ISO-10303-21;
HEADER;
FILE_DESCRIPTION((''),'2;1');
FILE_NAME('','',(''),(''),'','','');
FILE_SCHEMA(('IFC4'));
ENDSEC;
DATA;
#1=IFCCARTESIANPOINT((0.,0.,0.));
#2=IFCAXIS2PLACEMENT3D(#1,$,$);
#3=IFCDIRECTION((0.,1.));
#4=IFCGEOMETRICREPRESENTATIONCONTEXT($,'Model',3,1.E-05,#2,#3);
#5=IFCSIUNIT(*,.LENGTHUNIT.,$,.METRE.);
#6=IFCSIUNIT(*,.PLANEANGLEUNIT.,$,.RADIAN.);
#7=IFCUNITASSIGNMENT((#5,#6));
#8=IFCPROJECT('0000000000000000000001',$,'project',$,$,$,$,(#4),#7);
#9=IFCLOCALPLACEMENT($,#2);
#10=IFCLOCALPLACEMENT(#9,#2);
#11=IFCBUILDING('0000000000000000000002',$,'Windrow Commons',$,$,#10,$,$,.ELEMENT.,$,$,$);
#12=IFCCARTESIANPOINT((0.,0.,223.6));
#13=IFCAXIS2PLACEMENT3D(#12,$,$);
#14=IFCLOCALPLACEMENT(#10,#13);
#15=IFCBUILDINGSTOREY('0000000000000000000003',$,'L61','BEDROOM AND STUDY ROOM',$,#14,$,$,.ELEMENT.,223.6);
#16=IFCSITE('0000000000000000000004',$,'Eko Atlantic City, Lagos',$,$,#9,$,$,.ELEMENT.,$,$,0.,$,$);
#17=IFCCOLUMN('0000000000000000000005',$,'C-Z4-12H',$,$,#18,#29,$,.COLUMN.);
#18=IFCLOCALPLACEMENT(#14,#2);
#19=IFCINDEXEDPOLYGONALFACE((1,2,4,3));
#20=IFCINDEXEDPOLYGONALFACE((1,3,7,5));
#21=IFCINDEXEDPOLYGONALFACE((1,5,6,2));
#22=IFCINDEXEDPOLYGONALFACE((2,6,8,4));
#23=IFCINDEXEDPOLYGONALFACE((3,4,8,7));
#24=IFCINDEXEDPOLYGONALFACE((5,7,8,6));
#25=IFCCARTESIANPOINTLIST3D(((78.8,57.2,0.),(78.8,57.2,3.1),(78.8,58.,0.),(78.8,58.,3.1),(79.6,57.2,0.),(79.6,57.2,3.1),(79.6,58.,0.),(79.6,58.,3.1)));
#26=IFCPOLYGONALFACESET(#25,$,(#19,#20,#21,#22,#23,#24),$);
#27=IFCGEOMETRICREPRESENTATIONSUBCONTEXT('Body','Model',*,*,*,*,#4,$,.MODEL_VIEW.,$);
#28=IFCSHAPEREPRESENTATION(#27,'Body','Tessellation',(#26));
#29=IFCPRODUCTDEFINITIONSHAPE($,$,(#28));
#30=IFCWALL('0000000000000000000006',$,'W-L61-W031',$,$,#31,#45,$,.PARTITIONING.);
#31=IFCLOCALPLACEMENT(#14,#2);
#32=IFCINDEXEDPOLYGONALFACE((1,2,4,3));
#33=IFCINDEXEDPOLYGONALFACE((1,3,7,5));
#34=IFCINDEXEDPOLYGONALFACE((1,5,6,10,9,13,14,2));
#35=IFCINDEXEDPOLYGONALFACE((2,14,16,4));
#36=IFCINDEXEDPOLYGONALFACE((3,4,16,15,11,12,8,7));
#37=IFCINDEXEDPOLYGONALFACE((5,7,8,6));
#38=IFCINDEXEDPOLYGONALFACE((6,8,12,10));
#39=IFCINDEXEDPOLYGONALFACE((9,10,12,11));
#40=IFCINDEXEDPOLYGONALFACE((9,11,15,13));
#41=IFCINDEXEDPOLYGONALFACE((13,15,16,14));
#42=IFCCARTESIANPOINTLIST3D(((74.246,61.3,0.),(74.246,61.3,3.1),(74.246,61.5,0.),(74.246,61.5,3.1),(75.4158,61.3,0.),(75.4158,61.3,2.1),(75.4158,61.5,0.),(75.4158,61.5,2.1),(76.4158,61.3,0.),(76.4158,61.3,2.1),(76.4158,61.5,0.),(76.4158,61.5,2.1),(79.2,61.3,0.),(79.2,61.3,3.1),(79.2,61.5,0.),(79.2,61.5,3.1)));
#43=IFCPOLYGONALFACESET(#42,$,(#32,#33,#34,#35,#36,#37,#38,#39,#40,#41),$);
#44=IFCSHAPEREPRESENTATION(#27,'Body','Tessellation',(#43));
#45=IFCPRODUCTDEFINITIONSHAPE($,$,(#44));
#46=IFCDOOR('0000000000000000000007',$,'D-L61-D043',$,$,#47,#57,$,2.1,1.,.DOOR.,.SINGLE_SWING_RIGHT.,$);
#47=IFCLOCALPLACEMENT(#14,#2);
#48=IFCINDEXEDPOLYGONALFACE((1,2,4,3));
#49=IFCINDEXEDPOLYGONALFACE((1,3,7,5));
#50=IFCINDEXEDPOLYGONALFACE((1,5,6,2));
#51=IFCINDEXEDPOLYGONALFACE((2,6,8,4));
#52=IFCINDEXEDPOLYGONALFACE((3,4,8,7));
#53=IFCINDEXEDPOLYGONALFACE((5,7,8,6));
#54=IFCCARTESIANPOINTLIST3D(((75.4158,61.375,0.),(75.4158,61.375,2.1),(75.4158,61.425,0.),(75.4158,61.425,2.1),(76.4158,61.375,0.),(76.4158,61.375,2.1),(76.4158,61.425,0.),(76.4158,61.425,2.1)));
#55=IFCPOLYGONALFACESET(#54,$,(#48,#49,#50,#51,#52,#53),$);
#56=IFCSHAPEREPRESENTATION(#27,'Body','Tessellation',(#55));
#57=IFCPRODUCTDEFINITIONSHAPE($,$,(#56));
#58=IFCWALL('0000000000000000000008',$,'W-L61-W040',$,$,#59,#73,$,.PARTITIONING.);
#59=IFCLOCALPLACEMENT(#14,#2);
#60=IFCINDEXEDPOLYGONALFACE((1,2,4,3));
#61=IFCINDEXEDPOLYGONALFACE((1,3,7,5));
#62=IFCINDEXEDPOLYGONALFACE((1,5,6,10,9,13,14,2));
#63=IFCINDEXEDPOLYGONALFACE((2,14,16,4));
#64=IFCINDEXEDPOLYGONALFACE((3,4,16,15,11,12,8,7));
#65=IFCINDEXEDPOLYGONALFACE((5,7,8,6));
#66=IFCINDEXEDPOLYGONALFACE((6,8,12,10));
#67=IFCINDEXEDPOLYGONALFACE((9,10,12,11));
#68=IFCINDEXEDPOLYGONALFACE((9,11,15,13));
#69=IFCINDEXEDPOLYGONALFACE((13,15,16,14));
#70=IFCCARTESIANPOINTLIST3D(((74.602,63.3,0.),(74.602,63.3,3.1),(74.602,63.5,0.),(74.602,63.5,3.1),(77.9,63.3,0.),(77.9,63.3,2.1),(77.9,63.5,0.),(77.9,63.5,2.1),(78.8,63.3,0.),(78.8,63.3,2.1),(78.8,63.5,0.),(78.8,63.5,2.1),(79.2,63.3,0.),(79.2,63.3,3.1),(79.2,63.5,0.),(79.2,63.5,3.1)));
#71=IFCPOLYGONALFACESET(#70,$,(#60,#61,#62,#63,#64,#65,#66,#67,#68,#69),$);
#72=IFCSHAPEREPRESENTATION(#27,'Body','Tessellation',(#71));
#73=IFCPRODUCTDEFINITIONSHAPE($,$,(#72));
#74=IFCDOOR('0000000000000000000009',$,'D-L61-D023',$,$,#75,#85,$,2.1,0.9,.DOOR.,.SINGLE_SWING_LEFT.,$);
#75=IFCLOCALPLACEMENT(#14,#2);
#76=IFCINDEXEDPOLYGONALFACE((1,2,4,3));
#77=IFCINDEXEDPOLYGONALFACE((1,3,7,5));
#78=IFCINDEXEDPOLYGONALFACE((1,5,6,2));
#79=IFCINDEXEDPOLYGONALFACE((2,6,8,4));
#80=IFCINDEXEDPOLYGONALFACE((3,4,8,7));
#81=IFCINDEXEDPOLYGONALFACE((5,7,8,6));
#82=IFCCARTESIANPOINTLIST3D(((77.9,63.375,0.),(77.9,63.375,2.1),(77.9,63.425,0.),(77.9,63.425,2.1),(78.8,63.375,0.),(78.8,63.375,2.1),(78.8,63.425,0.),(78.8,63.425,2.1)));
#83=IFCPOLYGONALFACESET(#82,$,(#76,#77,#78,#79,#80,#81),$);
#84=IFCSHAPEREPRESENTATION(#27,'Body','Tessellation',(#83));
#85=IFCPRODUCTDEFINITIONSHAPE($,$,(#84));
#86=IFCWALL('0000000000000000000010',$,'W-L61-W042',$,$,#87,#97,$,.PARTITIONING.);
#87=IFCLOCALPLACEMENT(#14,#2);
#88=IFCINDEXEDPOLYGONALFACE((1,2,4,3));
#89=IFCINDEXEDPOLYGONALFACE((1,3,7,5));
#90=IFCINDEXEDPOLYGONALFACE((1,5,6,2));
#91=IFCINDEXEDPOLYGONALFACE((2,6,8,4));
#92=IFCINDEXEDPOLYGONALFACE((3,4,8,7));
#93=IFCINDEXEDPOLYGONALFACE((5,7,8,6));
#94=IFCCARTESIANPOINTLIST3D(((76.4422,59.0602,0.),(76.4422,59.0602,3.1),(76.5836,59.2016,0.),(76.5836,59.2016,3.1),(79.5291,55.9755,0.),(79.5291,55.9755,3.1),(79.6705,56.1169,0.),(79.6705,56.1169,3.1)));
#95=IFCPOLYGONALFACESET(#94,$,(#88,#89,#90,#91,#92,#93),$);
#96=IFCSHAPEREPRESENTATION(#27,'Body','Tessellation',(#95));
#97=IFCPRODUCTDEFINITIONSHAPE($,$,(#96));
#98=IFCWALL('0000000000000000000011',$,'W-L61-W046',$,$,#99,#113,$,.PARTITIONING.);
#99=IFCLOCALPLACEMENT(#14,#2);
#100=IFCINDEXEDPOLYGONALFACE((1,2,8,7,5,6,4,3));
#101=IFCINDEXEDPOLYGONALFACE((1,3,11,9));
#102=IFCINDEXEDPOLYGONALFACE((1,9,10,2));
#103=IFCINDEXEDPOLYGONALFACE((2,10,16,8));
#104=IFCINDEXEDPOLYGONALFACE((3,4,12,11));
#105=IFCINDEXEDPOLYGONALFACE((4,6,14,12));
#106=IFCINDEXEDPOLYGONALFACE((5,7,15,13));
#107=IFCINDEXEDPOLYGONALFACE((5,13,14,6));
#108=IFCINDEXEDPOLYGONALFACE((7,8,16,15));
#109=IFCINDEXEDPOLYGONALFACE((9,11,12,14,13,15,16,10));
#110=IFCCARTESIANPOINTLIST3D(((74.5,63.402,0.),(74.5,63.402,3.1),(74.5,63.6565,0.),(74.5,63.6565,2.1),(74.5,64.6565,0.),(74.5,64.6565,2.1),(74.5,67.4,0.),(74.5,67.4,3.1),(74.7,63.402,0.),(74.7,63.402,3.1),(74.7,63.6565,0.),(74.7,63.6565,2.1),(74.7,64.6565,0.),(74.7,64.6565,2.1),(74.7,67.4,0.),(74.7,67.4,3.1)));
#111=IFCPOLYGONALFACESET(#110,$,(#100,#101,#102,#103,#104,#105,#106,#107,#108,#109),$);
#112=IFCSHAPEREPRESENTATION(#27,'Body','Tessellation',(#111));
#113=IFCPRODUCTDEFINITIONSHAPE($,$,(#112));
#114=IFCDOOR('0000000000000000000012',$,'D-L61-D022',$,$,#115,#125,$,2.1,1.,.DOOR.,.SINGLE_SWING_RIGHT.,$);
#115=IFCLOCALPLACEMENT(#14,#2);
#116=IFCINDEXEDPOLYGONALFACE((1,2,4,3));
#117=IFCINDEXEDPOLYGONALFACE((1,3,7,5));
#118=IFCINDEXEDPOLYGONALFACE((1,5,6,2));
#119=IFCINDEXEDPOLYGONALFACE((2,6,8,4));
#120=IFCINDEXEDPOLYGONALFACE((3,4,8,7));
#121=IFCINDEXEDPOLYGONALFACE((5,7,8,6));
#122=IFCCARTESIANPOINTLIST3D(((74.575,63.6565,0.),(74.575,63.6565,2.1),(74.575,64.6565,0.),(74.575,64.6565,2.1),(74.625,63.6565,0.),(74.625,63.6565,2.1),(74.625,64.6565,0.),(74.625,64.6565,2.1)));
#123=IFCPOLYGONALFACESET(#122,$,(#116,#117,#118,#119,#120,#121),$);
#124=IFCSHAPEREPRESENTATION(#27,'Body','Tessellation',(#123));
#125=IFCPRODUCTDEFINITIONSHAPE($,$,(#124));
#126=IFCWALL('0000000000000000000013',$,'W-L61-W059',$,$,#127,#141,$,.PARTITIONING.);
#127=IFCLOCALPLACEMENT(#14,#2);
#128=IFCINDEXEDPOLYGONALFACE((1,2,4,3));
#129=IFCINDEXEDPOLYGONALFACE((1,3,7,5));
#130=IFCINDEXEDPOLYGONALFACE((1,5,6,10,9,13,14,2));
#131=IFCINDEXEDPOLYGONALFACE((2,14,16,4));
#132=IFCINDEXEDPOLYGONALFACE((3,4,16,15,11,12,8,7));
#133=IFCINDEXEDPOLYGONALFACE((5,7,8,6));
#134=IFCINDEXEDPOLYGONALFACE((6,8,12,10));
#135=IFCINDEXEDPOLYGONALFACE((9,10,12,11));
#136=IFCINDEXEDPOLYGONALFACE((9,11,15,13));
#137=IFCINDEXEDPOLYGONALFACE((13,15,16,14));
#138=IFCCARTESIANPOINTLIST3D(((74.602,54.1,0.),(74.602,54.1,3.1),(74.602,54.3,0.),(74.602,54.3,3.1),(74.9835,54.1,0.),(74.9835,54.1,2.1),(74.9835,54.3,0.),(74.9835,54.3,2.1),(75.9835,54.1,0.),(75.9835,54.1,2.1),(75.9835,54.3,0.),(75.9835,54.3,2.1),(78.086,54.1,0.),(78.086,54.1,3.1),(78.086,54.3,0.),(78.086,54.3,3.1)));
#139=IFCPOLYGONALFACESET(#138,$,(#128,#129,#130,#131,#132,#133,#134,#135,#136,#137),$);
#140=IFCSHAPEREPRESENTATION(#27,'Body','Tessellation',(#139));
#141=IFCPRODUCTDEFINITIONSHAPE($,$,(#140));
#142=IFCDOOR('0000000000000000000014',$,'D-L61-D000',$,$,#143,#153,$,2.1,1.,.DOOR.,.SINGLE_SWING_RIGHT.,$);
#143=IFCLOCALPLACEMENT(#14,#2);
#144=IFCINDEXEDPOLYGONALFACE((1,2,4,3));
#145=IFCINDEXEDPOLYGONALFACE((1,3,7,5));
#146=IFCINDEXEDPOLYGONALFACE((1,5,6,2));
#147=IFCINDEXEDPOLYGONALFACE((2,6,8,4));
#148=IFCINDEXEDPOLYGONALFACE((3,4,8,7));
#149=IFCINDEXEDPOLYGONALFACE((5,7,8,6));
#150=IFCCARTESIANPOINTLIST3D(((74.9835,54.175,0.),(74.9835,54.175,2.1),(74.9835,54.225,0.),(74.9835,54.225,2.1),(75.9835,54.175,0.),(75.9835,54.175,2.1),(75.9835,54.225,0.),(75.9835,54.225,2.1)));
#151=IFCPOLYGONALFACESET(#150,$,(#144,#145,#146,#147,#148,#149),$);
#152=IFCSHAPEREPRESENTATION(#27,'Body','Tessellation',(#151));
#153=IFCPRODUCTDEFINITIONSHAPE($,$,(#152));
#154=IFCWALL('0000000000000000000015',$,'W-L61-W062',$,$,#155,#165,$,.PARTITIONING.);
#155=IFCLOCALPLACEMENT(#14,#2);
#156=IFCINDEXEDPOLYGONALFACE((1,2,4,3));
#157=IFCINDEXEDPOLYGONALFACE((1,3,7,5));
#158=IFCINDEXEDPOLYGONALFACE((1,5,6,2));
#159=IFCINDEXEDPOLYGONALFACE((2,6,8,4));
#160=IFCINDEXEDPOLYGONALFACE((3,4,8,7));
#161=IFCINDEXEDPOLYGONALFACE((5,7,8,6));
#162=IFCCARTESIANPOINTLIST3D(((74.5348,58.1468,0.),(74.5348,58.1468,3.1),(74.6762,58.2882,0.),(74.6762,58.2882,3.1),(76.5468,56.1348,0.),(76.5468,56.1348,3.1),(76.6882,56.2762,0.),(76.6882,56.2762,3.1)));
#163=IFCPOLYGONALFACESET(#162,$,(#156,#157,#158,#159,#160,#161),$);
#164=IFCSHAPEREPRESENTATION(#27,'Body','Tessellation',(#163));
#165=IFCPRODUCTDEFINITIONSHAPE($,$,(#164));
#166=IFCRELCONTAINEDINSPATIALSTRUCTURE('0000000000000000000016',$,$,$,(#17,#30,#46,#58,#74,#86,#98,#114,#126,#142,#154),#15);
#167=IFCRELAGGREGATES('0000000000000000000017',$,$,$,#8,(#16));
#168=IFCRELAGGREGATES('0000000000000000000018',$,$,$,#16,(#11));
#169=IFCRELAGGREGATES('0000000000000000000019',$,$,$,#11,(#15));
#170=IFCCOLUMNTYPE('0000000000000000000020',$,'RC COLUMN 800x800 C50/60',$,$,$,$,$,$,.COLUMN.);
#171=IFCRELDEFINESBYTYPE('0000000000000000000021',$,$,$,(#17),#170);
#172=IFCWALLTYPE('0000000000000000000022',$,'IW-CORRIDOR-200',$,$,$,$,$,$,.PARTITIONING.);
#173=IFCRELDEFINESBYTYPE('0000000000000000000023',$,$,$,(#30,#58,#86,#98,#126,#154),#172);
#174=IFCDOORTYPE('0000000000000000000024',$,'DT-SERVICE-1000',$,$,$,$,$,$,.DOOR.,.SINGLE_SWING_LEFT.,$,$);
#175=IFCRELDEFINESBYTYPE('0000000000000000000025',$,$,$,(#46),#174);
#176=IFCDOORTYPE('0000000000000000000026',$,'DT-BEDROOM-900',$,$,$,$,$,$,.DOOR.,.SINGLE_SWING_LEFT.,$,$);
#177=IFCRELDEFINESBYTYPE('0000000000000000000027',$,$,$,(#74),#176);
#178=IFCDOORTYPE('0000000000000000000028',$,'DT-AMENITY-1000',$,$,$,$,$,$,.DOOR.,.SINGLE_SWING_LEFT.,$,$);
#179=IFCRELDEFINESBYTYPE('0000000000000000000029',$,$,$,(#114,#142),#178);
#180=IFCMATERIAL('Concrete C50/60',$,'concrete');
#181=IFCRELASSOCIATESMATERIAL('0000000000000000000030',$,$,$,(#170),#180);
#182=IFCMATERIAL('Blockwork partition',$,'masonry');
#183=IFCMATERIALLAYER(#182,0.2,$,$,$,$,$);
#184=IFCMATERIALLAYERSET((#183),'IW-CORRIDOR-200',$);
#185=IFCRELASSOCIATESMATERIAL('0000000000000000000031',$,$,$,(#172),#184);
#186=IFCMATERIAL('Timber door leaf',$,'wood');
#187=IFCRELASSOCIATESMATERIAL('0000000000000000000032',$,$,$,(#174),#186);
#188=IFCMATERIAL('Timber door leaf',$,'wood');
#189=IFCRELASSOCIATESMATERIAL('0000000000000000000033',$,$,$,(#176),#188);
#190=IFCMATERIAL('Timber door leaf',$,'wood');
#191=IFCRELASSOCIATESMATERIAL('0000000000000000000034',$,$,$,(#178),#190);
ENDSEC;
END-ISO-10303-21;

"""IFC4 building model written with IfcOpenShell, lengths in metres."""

from ifc_helpers import new_model, si_unit, direction, frame, frame_2d, origin, origin_2d, place, context, subcontext, project, spatial, rectangle, extrude, material, layer, layer_set, material_profile, profile_set, type_object, element, fill, save


model = new_model("IFC4")

# Units and contexts
model_context = context("Model", 3, precision=1e-05, world=origin(), true_north=direction((0.0, 1.0)))
body_context = subcontext(model_context, "Body", "Model", "MODEL_VIEW")
ifc_project = project(units=[si_unit("LENGTHUNIT", "METRE"), si_unit("PLANEANGLEUNIT", "RADIAN")], contexts=[model_context])

# Site, building, storey
site_placement = place(None, origin())
site = spatial("IfcSite", under=ifc_project, at=site_placement, Name="Eko Atlantic City, Lagos", CompositionType="ELEMENT", RefElevation=0.0)
building_placement = place(site_placement, origin())
building = spatial("IfcBuilding", under=site, at=building_placement, Name="Windrow Commons", CompositionType="ELEMENT")
storey_placement = place(building_placement, frame((0.0, 0.0, 223.6)))
storey = spatial("IfcBuildingStorey", under=building, at=storey_placement, Name="L61", Description="BEDROOM AND STUDY ROOM", CompositionType="ELEMENT", Elevation=223.6)

# Column
ifc_material_1 = material(Name="Concrete C50/60", Category="concrete")
ifc_material_profile = material_profile(ifc_material_1, rectangle(XDim=0.8, YDim=0.8, at=origin_2d()))
ifc_profile_set = profile_set([ifc_material_profile], Name="Concrete C50/60")
column_type = type_object("IfcColumnType", Name="RC COLUMN 800x800 C50/60", PredefinedType="COLUMN", material=ifc_profile_set)
column_placement = place(storey_placement, frame((79.2, 57.6, 0.0), z_axis=(0.0, 0.0, 1.0), x_axis=(1.0, 0.0, 0.0)))
element("IfcColumn", 1, at=column_placement, inside=storey, type_object=column_type, Name="C-Z4-12H", PredefinedType="COLUMN", context=body_context, shape_type="SweptSolid", body=[
    extrude(rectangle(XDim=0.8, YDim=0.8, at=origin_2d()), origin(), (0.0, 0.0, 1.0), 3.1),
])

# Walls, openings, doors
ifc_material_2 = material(Name="Blockwork partition", Category="masonry")
ifc_layer_1 = layer(ifc_material_2, 0.2)
ifc_layer_set_1 = layer_set([ifc_layer_1], Name="IW-CORRIDOR-200")
wall_type_1 = type_object("IfcWallType", Name="IW-CORRIDOR-200", PredefinedType="PARTITIONING", material=ifc_layer_set_1)
wall_1_placement = place(storey_placement, frame((74.246, 61.4, 0.0), z_axis=(0.0, 0.0, 1.0), x_axis=(1.0, 0.0, 0.0)))
wall_1 = element("IfcWall", 2, at=wall_1_placement, inside=storey, type_object=wall_type_1, Name="W-L61-W031", PredefinedType="PARTITIONING", context=body_context, shape_type="SweptSolid", body=[
    extrude(rectangle(XDim=4.954, YDim=0.2, at=frame_2d((2.477, 0.0))), origin(), (0.0, 0.0, 1.0), 3.1),
])
opening_1_placement = place(wall_1_placement, frame((1.1698, 0.0, 0.0)))
opening_1 = element("IfcOpeningElement", 3, at=opening_1_placement, cuts=wall_1, PredefinedType="OPENING", context=body_context, shape_type="SweptSolid", body=[
    extrude(rectangle(XDim=1.0, YDim=2.1, at=frame_2d((0.5, 1.05))), frame((0.0, 0.11, 0.0), z_axis=(0.0, -1.0, 0.0), x_axis=(1.0, 0.0, 0.0)), (0.0, 0.0, 1.0), 0.22),
])
ifc_material_3 = material(Name="Timber door leaf", Category="wood")
door_type_1 = type_object("IfcDoorType", Name="DT-SERVICE-1000", OperationType="SINGLE_SWING_LEFT", PredefinedType="DOOR", material=ifc_material_3)
door_1_placement = place(opening_1_placement, origin())
door_1 = element("IfcDoor", 4, at=door_1_placement, inside=storey, type_object=door_type_1, Name="D-L61-D043", OperationType="SINGLE_SWING_RIGHT", OverallHeight=2.1, OverallWidth=1.0, PredefinedType="DOOR", context=body_context, shape_type="SweptSolid", body=[
    extrude(rectangle(XDim=1.0, YDim=2.1, at=frame_2d((0.5, 1.05))), frame((0.0, 0.025, 0.0), z_axis=(0.0, -1.0, 0.0), x_axis=(1.0, 0.0, 0.0)), (0.0, 0.0, 1.0), 0.05),
])
fill(opening_1, door_1)
wall_2_placement = place(storey_placement, frame((74.602, 63.4, 0.0), z_axis=(0.0, 0.0, 1.0), x_axis=(1.0, 0.0, 0.0)))
wall_2 = element("IfcWall", 5, at=wall_2_placement, inside=storey, type_object=wall_type_1, Name="W-L61-W040", PredefinedType="PARTITIONING", context=body_context, shape_type="SweptSolid", body=[
    extrude(rectangle(XDim=4.598, YDim=0.2, at=frame_2d((2.299, 0.0))), origin(), (0.0, 0.0, 1.0), 3.1),
])
opening_2_placement = place(wall_2_placement, frame((3.298, 0.0, 0.0)))
opening_2 = element("IfcOpeningElement", 6, at=opening_2_placement, cuts=wall_2, PredefinedType="OPENING", context=body_context, shape_type="SweptSolid", body=[
    extrude(rectangle(XDim=0.9, YDim=2.1, at=frame_2d((0.45, 1.05))), frame((0.0, 0.11, 0.0), z_axis=(0.0, -1.0, 0.0), x_axis=(1.0, 0.0, 0.0)), (0.0, 0.0, 1.0), 0.22),
])
ifc_material_4 = material(Name="Timber door leaf", Category="wood")
door_type_2 = type_object("IfcDoorType", Name="DT-BEDROOM-900", OperationType="SINGLE_SWING_LEFT", PredefinedType="DOOR", material=ifc_material_4)
door_2_placement = place(opening_2_placement, origin())
door_2 = element("IfcDoor", 7, at=door_2_placement, inside=storey, type_object=door_type_2, Name="D-L61-D023", OperationType="SINGLE_SWING_LEFT", OverallHeight=2.1, OverallWidth=0.9, PredefinedType="DOOR", context=body_context, shape_type="SweptSolid", body=[
    extrude(rectangle(XDim=0.9, YDim=2.1, at=frame_2d((0.45, 1.05))), frame((0.0, 0.025, 0.0), z_axis=(0.0, -1.0, 0.0), x_axis=(1.0, 0.0, 0.0)), (0.0, 0.0, 1.0), 0.05),
])
fill(opening_2, door_2)

# Wall
wall_3_placement = place(storey_placement, frame((76.5129, 59.1309, 0.0), z_axis=(0.0, 0.0, 1.0), x_axis=(0.707359, -0.706855, 0.0)))
element("IfcWall", 8, at=wall_3_placement, inside=storey, type_object=wall_type_1, Name="W-L61-W042", PredefinedType="PARTITIONING", context=body_context, shape_type="SweptSolid", body=[
    extrude(rectangle(XDim=4.364, YDim=0.2, at=frame_2d((2.182, 0.0))), origin(), (0.0, 0.0, 1.0), 3.1),
])

# Walls, openings, doors
wall_4_placement = place(storey_placement, frame((74.6, 63.402, 0.0), z_axis=(0.0, 0.0, 1.0), x_axis=(0.0, 1.0, 0.0)))
wall_4 = element("IfcWall", 9, at=wall_4_placement, inside=storey, type_object=wall_type_1, Name="W-L61-W046", PredefinedType="PARTITIONING", context=body_context, shape_type="SweptSolid", body=[
    extrude(rectangle(XDim=3.998, YDim=0.2, at=frame_2d((1.999, 0.0))), origin(), (0.0, 0.0, 1.0), 3.1),
])
opening_3_placement = place(wall_4_placement, frame((0.2545, 0.0, 0.0)))
opening_3 = element("IfcOpeningElement", 10, at=opening_3_placement, cuts=wall_4, PredefinedType="OPENING", context=body_context, shape_type="SweptSolid", body=[
    extrude(rectangle(XDim=1.0, YDim=2.1, at=frame_2d((0.5, 1.05))), frame((0.0, 0.11, 0.0), z_axis=(0.0, -1.0, 0.0), x_axis=(1.0, 0.0, 0.0)), (0.0, 0.0, 1.0), 0.22),
])
ifc_material_5 = material(Name="Timber door leaf", Category="wood")
door_type_3 = type_object("IfcDoorType", Name="DT-AMENITY-1000", OperationType="SINGLE_SWING_LEFT", PredefinedType="DOOR", material=ifc_material_5)
door_3_placement = place(opening_3_placement, origin())
door_3 = element("IfcDoor", 11, at=door_3_placement, inside=storey, type_object=door_type_3, Name="D-L61-D022", OperationType="SINGLE_SWING_RIGHT", OverallHeight=2.1, OverallWidth=1.0, PredefinedType="DOOR", context=body_context, shape_type="SweptSolid", body=[
    extrude(rectangle(XDim=1.0, YDim=2.1, at=frame_2d((0.5, 1.05))), frame((0.0, 0.025, 0.0), z_axis=(0.0, -1.0, 0.0), x_axis=(1.0, 0.0, 0.0)), (0.0, 0.0, 1.0), 0.05),
])
fill(opening_3, door_3)
wall_5_placement = place(storey_placement, frame((74.602, 54.2, 0.0), z_axis=(0.0, 0.0, 1.0), x_axis=(1.0, 0.0, 0.0)))
wall_5 = element("IfcWall", 12, at=wall_5_placement, inside=storey, type_object=wall_type_1, Name="W-L61-W059", PredefinedType="PARTITIONING", context=body_context, shape_type="SweptSolid", body=[
    extrude(rectangle(XDim=3.484, YDim=0.2, at=frame_2d((1.742, 0.0))), origin(), (0.0, 0.0, 1.0), 3.1),
])
opening_4_placement = place(wall_5_placement, frame((0.3815, 0.0, 0.0)))
opening_4 = element("IfcOpeningElement", 13, at=opening_4_placement, cuts=wall_5, PredefinedType="OPENING", context=body_context, shape_type="SweptSolid", body=[
    extrude(rectangle(XDim=1.0, YDim=2.1, at=frame_2d((0.5, 1.05))), frame((0.0, 0.11, 0.0), z_axis=(0.0, -1.0, 0.0), x_axis=(1.0, 0.0, 0.0)), (0.0, 0.0, 1.0), 0.22),
])
door_4_placement = place(opening_4_placement, origin())
door_4 = element("IfcDoor", 14, at=door_4_placement, inside=storey, type_object=door_type_3, Name="D-L61-D000", OperationType="SINGLE_SWING_RIGHT", OverallHeight=2.1, OverallWidth=1.0, PredefinedType="DOOR", context=body_context, shape_type="SweptSolid", body=[
    extrude(rectangle(XDim=1.0, YDim=2.1, at=frame_2d((0.5, 1.05))), frame((0.0, 0.025, 0.0), z_axis=(0.0, -1.0, 0.0), x_axis=(1.0, 0.0, 0.0)), (0.0, 0.0, 1.0), 0.05),
])
fill(opening_4, door_4)

# Wall
wall_6_placement = place(storey_placement, frame((74.6055, 58.2175, 0.0), z_axis=(0.0, 0.0, 1.0), x_axis=(0.707107, -0.707107, 0.0)))
element("IfcWall", 15, at=wall_6_placement, inside=storey, type_object=wall_type_1, Name="W-L61-W062", PredefinedType="PARTITIONING", context=body_context, shape_type="SweptSolid", body=[
    extrude(rectangle(XDim=2.8454, YDim=0.2, at=frame_2d((1.4227, 0.0))), origin(), (0.0, 0.0, 1.0), 3.1),
])

save(model, "model.ifc")
